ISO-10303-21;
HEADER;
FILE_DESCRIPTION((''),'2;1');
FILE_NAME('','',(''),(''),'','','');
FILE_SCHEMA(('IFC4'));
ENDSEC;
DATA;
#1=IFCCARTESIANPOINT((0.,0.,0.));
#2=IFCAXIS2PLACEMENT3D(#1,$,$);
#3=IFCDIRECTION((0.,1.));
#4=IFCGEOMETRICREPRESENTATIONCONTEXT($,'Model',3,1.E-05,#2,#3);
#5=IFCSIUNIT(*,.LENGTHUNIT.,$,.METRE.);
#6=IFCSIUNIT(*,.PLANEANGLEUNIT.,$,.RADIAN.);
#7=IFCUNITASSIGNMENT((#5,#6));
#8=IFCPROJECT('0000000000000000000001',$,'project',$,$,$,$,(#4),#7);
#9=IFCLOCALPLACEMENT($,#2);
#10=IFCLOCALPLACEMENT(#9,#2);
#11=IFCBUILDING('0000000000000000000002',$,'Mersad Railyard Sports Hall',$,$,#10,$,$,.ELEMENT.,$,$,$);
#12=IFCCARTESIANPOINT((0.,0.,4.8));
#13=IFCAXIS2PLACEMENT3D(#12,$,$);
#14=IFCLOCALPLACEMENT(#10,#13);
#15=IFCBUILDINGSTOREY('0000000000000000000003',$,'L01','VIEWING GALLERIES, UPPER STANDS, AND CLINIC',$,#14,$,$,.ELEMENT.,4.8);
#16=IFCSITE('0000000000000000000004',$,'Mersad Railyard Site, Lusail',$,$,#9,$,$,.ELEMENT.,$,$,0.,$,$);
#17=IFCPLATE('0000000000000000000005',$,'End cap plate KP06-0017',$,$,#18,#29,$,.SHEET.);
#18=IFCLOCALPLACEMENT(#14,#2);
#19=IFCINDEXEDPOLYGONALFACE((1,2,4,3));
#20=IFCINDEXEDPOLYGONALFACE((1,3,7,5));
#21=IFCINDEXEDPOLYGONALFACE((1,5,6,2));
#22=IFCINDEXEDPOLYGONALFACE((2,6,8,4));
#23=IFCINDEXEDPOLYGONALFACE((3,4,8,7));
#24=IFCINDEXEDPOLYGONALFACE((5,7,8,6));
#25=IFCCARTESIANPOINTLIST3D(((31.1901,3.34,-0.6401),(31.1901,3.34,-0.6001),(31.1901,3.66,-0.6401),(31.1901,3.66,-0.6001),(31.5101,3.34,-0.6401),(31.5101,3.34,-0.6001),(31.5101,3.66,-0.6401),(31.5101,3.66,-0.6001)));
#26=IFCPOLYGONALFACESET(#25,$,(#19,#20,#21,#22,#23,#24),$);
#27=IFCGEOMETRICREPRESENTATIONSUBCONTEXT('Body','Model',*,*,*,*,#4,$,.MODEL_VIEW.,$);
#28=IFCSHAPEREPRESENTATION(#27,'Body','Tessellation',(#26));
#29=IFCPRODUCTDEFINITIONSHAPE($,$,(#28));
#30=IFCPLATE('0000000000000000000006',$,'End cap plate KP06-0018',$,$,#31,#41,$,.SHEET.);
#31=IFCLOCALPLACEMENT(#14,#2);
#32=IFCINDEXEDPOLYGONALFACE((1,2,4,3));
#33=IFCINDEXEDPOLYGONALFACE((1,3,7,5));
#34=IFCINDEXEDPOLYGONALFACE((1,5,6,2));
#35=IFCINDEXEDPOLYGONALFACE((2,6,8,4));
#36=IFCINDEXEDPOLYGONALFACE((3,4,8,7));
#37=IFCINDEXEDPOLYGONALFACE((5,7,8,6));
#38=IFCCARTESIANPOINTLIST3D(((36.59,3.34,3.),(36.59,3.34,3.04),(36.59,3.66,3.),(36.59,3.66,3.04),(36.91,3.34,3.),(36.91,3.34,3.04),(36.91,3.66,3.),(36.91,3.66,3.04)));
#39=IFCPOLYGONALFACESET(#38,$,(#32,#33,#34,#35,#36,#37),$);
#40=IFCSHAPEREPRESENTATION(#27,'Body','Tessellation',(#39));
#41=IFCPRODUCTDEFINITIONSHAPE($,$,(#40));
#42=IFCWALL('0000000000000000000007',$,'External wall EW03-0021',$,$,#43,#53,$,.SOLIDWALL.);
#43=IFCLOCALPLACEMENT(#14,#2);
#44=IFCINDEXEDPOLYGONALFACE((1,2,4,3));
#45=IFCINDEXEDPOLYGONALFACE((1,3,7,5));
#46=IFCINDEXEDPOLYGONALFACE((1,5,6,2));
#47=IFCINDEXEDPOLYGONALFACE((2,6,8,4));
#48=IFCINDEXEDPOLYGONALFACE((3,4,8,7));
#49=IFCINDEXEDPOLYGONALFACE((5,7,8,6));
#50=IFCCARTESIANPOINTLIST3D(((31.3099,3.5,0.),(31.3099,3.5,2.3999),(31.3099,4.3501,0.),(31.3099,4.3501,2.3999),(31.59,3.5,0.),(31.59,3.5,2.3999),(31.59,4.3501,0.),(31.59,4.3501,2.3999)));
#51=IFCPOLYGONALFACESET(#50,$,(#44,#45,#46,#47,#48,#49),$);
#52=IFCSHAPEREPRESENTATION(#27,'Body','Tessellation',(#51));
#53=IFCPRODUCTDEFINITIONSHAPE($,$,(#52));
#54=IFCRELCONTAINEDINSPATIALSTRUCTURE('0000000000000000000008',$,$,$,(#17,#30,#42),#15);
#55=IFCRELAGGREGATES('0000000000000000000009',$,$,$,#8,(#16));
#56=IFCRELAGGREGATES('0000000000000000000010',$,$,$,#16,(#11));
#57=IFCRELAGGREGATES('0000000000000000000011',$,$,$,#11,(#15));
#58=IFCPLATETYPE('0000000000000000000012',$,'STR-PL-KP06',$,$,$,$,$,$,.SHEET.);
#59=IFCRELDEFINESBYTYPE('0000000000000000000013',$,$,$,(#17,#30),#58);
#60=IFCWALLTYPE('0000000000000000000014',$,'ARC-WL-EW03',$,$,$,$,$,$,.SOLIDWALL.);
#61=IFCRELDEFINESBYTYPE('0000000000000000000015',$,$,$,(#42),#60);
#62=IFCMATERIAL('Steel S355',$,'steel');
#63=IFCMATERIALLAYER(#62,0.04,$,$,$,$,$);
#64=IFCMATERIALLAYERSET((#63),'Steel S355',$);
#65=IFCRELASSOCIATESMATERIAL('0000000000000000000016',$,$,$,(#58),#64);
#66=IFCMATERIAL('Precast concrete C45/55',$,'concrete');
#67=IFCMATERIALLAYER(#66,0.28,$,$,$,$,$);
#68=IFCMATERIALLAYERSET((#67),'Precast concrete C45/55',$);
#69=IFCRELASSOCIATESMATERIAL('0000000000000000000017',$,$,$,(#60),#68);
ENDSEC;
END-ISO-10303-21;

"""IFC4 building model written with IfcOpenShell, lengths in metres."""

from ifc_helpers import new_model, si_unit, direction, frame, frame_2d, origin, origin_2d, place, context, subcontext, project, spatial, rectangle, extrude, material, layer, layer_set, type_object, element, save


model = new_model("IFC4")

# Units and contexts
model_context = context("Model", 3, precision=1e-05, world=origin(), true_north=direction((0.0, 1.0)))
body_context = subcontext(model_context, "Body", "Model", "MODEL_VIEW")
ifc_project = project(units=[si_unit("LENGTHUNIT", "METRE"), si_unit("PLANEANGLEUNIT", "RADIAN")], contexts=[model_context])

# Site, building, storey
site_placement = place(None, origin())
site = spatial("IfcSite", under=ifc_project, at=site_placement, Name="Mersad Railyard Site, Lusail", CompositionType="ELEMENT", RefElevation=0.0)
building_placement = place(site_placement, origin())
building = spatial("IfcBuilding", under=site, at=building_placement, Name="Mersad Railyard Sports Hall", CompositionType="ELEMENT")
storey_placement = place(building_placement, frame((0.0, 0.0, 4.8)))
storey = spatial("IfcBuildingStorey", under=building, at=storey_placement, Name="L01", Description="VIEWING GALLERIES, UPPER STANDS, AND CLINIC", CompositionType="ELEMENT", Elevation=4.8)

# Shared definitions
ifc_material_1 = material(Name="Steel S355", Category="steel")

# Plates
ifc_layer_1 = layer(ifc_material_1, 0.04)
ifc_layer_set_1 = layer_set([ifc_layer_1], Name="Steel S355")
plate_type_1 = type_object("IfcPlateType", Name="STR-PL-KP06", PredefinedType="SHEET", material=ifc_layer_set_1)
for number, where, z_axis, x_axis, name in (
    (1, (31.3501, 3.5, -0.6401), (0.0, 0.0, 1.0), (1.0, 0.0, 0.0), "End cap plate KP06-0017"),
    (2, (36.75, 3.5, 3.0), (0.0, 0.0, 1.0), (1.0, 0.0, 0.0), "End cap plate KP06-0018"),
):
    element("IfcPlate", number, at=place(storey_placement, frame(where, z_axis=z_axis, x_axis=x_axis)), inside=storey, type_object=plate_type_1, Name=name, PredefinedType="SHEET", context=body_context, shape_type="SweptSolid", body=[
        extrude(rectangle(XDim=0.3201, YDim=0.3201, at=origin_2d()), origin(), (0.0, 0.0, 1.0), 0.04),
    ])

# Wall
ifc_material_2 = material(Name="Precast concrete C45/55", Category="concrete")
ifc_layer_2 = layer(ifc_material_2, 0.28)
ifc_layer_set_2 = layer_set([ifc_layer_2], Name="Precast concrete C45/55")
wall_type = type_object("IfcWallType", Name="ARC-WL-EW03", PredefinedType="SOLIDWALL", material=ifc_layer_set_2)
wall_placement = place(storey_placement, frame((31.45, 3.5, 0.0), z_axis=(0.0, 0.0, 1.0), x_axis=(0.0, 1.0, 0.0)))
element("IfcWall", 3, at=wall_placement, inside=storey, type_object=wall_type, Name="External wall EW03-0021", PredefinedType="SOLIDWALL", context=body_context, shape_type="SweptSolid", body=[
    extrude(rectangle(XDim=0.8501, YDim=0.28, at=frame_2d((0.425, 0.0))), origin(), (0.0, 0.0, 1.0), 2.3999),
])

save(model, "model.ifc")
